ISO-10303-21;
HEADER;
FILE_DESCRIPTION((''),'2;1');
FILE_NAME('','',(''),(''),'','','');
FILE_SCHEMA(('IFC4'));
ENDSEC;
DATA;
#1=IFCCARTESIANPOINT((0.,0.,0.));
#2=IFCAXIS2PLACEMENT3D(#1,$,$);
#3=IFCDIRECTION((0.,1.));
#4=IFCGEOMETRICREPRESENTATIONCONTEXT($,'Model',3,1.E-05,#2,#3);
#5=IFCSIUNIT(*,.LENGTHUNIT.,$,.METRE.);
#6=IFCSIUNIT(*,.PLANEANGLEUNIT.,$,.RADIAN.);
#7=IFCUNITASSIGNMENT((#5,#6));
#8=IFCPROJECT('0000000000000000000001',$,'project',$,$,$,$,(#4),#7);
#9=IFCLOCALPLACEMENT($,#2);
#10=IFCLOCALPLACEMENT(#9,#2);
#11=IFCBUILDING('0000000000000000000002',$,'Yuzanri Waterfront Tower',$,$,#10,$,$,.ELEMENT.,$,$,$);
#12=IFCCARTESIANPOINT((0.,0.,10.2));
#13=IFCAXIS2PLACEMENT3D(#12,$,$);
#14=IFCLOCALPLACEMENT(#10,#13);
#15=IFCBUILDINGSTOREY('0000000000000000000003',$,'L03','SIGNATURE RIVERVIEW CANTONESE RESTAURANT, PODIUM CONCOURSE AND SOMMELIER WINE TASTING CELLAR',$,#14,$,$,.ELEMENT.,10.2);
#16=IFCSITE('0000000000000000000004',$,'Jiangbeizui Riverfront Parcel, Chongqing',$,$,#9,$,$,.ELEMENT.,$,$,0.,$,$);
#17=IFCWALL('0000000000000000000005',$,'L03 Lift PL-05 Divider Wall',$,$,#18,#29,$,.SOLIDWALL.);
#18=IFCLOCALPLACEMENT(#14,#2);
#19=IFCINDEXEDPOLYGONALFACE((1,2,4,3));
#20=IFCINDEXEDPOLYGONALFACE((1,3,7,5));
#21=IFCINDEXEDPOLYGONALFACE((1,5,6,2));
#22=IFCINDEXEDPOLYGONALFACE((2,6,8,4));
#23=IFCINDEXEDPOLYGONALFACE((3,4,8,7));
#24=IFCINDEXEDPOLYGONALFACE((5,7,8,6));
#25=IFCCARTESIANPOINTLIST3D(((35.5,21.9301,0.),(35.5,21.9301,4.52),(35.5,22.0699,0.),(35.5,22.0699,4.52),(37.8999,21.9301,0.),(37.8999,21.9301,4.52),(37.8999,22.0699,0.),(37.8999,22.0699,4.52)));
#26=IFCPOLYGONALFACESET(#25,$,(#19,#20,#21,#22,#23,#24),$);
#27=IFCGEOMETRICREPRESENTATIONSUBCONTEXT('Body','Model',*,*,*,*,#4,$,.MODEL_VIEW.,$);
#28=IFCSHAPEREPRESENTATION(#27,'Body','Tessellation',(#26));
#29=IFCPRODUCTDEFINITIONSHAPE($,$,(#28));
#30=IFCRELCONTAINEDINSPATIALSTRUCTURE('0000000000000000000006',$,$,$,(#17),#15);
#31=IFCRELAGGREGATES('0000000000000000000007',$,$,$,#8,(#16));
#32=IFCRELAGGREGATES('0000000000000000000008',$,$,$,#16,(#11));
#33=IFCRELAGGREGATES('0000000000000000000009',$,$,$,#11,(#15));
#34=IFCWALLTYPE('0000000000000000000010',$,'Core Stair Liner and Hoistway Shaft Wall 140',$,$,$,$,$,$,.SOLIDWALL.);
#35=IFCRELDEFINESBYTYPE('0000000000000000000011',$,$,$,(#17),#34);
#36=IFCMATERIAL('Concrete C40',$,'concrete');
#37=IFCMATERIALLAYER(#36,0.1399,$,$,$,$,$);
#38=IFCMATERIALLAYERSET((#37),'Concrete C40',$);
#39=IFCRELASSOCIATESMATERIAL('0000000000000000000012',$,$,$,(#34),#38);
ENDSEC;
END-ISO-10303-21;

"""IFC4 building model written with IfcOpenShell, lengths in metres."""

from ifc_helpers import new_model, si_unit, direction, frame, frame_2d, origin, place, context, subcontext, project, spatial, rectangle, extrude, source, transform, mapped, material, layer, layer_set, type_object, element, save


model = new_model("IFC4")

# Units and contexts
model_context = context("Model", 3, precision=1e-05, world=origin(), true_north=direction((0.0, 1.0)))
body_context = subcontext(model_context, "Body", "Model", "MODEL_VIEW")
ifc_project = project(units=[si_unit("LENGTHUNIT", "METRE"), si_unit("PLANEANGLEUNIT", "RADIAN")], contexts=[model_context])

# Site, building, storey
site_placement = place(None, origin())
site = spatial("IfcSite", under=ifc_project, at=site_placement, Name="Jiangbeizui Riverfront Parcel, Chongqing", CompositionType="ELEMENT", RefElevation=0.0)
building_placement = place(site_placement, origin())
building = spatial("IfcBuilding", under=site, at=building_placement, Name="Yuzanri Waterfront Tower", CompositionType="ELEMENT")
storey_placement = place(building_placement, frame((0.0, 0.0, 10.2)))
storey = spatial("IfcBuildingStorey", under=building, at=storey_placement, Name="L03", Description="SIGNATURE RIVERVIEW CANTONESE RESTAURANT, PODIUM CONCOURSE AND SOMMELIER WINE TASTING CELLAR", CompositionType="ELEMENT", Elevation=10.2)

# Shared definitions
ifc_material_1 = material(Name="Concrete C40", Category="concrete")
ifc_layer_1 = layer(ifc_material_1, 0.1399)
ifc_layer_set_1 = layer_set([ifc_layer_1], Name="Concrete C40")
wall_type_1 = type_object("IfcWallType", Name="Core Stair Liner and Hoistway Shaft Wall 140", PredefinedType="SOLIDWALL", material=ifc_layer_set_1)

# Wall
shared_shape_1 = source(origin(), body_context, "Body", "SweptSolid", [
    extrude(rectangle(XDim=2.3999, YDim=0.1399, at=frame_2d((1.2, 0.0))), origin(), (0.0, 0.0, 1.0), 4.52),
])
wall_1_placement = place(storey_placement, frame((35.5, 22.0, 0.0), z_axis=(0.0, 0.0, 1.0), x_axis=(1.0, 0.0, 0.0)))
element("IfcWall", 1, at=wall_1_placement, inside=storey, type_object=wall_type_1, Name="L03 Lift PL-05 Divider Wall", PredefinedType="SOLIDWALL", context=body_context, shape_type="MappedRepresentation", body=[
    mapped(shared_shape_1, transform((0.0, 0.0, 0.0), scale=1.0)),
])

save(model, "model.ifc")
